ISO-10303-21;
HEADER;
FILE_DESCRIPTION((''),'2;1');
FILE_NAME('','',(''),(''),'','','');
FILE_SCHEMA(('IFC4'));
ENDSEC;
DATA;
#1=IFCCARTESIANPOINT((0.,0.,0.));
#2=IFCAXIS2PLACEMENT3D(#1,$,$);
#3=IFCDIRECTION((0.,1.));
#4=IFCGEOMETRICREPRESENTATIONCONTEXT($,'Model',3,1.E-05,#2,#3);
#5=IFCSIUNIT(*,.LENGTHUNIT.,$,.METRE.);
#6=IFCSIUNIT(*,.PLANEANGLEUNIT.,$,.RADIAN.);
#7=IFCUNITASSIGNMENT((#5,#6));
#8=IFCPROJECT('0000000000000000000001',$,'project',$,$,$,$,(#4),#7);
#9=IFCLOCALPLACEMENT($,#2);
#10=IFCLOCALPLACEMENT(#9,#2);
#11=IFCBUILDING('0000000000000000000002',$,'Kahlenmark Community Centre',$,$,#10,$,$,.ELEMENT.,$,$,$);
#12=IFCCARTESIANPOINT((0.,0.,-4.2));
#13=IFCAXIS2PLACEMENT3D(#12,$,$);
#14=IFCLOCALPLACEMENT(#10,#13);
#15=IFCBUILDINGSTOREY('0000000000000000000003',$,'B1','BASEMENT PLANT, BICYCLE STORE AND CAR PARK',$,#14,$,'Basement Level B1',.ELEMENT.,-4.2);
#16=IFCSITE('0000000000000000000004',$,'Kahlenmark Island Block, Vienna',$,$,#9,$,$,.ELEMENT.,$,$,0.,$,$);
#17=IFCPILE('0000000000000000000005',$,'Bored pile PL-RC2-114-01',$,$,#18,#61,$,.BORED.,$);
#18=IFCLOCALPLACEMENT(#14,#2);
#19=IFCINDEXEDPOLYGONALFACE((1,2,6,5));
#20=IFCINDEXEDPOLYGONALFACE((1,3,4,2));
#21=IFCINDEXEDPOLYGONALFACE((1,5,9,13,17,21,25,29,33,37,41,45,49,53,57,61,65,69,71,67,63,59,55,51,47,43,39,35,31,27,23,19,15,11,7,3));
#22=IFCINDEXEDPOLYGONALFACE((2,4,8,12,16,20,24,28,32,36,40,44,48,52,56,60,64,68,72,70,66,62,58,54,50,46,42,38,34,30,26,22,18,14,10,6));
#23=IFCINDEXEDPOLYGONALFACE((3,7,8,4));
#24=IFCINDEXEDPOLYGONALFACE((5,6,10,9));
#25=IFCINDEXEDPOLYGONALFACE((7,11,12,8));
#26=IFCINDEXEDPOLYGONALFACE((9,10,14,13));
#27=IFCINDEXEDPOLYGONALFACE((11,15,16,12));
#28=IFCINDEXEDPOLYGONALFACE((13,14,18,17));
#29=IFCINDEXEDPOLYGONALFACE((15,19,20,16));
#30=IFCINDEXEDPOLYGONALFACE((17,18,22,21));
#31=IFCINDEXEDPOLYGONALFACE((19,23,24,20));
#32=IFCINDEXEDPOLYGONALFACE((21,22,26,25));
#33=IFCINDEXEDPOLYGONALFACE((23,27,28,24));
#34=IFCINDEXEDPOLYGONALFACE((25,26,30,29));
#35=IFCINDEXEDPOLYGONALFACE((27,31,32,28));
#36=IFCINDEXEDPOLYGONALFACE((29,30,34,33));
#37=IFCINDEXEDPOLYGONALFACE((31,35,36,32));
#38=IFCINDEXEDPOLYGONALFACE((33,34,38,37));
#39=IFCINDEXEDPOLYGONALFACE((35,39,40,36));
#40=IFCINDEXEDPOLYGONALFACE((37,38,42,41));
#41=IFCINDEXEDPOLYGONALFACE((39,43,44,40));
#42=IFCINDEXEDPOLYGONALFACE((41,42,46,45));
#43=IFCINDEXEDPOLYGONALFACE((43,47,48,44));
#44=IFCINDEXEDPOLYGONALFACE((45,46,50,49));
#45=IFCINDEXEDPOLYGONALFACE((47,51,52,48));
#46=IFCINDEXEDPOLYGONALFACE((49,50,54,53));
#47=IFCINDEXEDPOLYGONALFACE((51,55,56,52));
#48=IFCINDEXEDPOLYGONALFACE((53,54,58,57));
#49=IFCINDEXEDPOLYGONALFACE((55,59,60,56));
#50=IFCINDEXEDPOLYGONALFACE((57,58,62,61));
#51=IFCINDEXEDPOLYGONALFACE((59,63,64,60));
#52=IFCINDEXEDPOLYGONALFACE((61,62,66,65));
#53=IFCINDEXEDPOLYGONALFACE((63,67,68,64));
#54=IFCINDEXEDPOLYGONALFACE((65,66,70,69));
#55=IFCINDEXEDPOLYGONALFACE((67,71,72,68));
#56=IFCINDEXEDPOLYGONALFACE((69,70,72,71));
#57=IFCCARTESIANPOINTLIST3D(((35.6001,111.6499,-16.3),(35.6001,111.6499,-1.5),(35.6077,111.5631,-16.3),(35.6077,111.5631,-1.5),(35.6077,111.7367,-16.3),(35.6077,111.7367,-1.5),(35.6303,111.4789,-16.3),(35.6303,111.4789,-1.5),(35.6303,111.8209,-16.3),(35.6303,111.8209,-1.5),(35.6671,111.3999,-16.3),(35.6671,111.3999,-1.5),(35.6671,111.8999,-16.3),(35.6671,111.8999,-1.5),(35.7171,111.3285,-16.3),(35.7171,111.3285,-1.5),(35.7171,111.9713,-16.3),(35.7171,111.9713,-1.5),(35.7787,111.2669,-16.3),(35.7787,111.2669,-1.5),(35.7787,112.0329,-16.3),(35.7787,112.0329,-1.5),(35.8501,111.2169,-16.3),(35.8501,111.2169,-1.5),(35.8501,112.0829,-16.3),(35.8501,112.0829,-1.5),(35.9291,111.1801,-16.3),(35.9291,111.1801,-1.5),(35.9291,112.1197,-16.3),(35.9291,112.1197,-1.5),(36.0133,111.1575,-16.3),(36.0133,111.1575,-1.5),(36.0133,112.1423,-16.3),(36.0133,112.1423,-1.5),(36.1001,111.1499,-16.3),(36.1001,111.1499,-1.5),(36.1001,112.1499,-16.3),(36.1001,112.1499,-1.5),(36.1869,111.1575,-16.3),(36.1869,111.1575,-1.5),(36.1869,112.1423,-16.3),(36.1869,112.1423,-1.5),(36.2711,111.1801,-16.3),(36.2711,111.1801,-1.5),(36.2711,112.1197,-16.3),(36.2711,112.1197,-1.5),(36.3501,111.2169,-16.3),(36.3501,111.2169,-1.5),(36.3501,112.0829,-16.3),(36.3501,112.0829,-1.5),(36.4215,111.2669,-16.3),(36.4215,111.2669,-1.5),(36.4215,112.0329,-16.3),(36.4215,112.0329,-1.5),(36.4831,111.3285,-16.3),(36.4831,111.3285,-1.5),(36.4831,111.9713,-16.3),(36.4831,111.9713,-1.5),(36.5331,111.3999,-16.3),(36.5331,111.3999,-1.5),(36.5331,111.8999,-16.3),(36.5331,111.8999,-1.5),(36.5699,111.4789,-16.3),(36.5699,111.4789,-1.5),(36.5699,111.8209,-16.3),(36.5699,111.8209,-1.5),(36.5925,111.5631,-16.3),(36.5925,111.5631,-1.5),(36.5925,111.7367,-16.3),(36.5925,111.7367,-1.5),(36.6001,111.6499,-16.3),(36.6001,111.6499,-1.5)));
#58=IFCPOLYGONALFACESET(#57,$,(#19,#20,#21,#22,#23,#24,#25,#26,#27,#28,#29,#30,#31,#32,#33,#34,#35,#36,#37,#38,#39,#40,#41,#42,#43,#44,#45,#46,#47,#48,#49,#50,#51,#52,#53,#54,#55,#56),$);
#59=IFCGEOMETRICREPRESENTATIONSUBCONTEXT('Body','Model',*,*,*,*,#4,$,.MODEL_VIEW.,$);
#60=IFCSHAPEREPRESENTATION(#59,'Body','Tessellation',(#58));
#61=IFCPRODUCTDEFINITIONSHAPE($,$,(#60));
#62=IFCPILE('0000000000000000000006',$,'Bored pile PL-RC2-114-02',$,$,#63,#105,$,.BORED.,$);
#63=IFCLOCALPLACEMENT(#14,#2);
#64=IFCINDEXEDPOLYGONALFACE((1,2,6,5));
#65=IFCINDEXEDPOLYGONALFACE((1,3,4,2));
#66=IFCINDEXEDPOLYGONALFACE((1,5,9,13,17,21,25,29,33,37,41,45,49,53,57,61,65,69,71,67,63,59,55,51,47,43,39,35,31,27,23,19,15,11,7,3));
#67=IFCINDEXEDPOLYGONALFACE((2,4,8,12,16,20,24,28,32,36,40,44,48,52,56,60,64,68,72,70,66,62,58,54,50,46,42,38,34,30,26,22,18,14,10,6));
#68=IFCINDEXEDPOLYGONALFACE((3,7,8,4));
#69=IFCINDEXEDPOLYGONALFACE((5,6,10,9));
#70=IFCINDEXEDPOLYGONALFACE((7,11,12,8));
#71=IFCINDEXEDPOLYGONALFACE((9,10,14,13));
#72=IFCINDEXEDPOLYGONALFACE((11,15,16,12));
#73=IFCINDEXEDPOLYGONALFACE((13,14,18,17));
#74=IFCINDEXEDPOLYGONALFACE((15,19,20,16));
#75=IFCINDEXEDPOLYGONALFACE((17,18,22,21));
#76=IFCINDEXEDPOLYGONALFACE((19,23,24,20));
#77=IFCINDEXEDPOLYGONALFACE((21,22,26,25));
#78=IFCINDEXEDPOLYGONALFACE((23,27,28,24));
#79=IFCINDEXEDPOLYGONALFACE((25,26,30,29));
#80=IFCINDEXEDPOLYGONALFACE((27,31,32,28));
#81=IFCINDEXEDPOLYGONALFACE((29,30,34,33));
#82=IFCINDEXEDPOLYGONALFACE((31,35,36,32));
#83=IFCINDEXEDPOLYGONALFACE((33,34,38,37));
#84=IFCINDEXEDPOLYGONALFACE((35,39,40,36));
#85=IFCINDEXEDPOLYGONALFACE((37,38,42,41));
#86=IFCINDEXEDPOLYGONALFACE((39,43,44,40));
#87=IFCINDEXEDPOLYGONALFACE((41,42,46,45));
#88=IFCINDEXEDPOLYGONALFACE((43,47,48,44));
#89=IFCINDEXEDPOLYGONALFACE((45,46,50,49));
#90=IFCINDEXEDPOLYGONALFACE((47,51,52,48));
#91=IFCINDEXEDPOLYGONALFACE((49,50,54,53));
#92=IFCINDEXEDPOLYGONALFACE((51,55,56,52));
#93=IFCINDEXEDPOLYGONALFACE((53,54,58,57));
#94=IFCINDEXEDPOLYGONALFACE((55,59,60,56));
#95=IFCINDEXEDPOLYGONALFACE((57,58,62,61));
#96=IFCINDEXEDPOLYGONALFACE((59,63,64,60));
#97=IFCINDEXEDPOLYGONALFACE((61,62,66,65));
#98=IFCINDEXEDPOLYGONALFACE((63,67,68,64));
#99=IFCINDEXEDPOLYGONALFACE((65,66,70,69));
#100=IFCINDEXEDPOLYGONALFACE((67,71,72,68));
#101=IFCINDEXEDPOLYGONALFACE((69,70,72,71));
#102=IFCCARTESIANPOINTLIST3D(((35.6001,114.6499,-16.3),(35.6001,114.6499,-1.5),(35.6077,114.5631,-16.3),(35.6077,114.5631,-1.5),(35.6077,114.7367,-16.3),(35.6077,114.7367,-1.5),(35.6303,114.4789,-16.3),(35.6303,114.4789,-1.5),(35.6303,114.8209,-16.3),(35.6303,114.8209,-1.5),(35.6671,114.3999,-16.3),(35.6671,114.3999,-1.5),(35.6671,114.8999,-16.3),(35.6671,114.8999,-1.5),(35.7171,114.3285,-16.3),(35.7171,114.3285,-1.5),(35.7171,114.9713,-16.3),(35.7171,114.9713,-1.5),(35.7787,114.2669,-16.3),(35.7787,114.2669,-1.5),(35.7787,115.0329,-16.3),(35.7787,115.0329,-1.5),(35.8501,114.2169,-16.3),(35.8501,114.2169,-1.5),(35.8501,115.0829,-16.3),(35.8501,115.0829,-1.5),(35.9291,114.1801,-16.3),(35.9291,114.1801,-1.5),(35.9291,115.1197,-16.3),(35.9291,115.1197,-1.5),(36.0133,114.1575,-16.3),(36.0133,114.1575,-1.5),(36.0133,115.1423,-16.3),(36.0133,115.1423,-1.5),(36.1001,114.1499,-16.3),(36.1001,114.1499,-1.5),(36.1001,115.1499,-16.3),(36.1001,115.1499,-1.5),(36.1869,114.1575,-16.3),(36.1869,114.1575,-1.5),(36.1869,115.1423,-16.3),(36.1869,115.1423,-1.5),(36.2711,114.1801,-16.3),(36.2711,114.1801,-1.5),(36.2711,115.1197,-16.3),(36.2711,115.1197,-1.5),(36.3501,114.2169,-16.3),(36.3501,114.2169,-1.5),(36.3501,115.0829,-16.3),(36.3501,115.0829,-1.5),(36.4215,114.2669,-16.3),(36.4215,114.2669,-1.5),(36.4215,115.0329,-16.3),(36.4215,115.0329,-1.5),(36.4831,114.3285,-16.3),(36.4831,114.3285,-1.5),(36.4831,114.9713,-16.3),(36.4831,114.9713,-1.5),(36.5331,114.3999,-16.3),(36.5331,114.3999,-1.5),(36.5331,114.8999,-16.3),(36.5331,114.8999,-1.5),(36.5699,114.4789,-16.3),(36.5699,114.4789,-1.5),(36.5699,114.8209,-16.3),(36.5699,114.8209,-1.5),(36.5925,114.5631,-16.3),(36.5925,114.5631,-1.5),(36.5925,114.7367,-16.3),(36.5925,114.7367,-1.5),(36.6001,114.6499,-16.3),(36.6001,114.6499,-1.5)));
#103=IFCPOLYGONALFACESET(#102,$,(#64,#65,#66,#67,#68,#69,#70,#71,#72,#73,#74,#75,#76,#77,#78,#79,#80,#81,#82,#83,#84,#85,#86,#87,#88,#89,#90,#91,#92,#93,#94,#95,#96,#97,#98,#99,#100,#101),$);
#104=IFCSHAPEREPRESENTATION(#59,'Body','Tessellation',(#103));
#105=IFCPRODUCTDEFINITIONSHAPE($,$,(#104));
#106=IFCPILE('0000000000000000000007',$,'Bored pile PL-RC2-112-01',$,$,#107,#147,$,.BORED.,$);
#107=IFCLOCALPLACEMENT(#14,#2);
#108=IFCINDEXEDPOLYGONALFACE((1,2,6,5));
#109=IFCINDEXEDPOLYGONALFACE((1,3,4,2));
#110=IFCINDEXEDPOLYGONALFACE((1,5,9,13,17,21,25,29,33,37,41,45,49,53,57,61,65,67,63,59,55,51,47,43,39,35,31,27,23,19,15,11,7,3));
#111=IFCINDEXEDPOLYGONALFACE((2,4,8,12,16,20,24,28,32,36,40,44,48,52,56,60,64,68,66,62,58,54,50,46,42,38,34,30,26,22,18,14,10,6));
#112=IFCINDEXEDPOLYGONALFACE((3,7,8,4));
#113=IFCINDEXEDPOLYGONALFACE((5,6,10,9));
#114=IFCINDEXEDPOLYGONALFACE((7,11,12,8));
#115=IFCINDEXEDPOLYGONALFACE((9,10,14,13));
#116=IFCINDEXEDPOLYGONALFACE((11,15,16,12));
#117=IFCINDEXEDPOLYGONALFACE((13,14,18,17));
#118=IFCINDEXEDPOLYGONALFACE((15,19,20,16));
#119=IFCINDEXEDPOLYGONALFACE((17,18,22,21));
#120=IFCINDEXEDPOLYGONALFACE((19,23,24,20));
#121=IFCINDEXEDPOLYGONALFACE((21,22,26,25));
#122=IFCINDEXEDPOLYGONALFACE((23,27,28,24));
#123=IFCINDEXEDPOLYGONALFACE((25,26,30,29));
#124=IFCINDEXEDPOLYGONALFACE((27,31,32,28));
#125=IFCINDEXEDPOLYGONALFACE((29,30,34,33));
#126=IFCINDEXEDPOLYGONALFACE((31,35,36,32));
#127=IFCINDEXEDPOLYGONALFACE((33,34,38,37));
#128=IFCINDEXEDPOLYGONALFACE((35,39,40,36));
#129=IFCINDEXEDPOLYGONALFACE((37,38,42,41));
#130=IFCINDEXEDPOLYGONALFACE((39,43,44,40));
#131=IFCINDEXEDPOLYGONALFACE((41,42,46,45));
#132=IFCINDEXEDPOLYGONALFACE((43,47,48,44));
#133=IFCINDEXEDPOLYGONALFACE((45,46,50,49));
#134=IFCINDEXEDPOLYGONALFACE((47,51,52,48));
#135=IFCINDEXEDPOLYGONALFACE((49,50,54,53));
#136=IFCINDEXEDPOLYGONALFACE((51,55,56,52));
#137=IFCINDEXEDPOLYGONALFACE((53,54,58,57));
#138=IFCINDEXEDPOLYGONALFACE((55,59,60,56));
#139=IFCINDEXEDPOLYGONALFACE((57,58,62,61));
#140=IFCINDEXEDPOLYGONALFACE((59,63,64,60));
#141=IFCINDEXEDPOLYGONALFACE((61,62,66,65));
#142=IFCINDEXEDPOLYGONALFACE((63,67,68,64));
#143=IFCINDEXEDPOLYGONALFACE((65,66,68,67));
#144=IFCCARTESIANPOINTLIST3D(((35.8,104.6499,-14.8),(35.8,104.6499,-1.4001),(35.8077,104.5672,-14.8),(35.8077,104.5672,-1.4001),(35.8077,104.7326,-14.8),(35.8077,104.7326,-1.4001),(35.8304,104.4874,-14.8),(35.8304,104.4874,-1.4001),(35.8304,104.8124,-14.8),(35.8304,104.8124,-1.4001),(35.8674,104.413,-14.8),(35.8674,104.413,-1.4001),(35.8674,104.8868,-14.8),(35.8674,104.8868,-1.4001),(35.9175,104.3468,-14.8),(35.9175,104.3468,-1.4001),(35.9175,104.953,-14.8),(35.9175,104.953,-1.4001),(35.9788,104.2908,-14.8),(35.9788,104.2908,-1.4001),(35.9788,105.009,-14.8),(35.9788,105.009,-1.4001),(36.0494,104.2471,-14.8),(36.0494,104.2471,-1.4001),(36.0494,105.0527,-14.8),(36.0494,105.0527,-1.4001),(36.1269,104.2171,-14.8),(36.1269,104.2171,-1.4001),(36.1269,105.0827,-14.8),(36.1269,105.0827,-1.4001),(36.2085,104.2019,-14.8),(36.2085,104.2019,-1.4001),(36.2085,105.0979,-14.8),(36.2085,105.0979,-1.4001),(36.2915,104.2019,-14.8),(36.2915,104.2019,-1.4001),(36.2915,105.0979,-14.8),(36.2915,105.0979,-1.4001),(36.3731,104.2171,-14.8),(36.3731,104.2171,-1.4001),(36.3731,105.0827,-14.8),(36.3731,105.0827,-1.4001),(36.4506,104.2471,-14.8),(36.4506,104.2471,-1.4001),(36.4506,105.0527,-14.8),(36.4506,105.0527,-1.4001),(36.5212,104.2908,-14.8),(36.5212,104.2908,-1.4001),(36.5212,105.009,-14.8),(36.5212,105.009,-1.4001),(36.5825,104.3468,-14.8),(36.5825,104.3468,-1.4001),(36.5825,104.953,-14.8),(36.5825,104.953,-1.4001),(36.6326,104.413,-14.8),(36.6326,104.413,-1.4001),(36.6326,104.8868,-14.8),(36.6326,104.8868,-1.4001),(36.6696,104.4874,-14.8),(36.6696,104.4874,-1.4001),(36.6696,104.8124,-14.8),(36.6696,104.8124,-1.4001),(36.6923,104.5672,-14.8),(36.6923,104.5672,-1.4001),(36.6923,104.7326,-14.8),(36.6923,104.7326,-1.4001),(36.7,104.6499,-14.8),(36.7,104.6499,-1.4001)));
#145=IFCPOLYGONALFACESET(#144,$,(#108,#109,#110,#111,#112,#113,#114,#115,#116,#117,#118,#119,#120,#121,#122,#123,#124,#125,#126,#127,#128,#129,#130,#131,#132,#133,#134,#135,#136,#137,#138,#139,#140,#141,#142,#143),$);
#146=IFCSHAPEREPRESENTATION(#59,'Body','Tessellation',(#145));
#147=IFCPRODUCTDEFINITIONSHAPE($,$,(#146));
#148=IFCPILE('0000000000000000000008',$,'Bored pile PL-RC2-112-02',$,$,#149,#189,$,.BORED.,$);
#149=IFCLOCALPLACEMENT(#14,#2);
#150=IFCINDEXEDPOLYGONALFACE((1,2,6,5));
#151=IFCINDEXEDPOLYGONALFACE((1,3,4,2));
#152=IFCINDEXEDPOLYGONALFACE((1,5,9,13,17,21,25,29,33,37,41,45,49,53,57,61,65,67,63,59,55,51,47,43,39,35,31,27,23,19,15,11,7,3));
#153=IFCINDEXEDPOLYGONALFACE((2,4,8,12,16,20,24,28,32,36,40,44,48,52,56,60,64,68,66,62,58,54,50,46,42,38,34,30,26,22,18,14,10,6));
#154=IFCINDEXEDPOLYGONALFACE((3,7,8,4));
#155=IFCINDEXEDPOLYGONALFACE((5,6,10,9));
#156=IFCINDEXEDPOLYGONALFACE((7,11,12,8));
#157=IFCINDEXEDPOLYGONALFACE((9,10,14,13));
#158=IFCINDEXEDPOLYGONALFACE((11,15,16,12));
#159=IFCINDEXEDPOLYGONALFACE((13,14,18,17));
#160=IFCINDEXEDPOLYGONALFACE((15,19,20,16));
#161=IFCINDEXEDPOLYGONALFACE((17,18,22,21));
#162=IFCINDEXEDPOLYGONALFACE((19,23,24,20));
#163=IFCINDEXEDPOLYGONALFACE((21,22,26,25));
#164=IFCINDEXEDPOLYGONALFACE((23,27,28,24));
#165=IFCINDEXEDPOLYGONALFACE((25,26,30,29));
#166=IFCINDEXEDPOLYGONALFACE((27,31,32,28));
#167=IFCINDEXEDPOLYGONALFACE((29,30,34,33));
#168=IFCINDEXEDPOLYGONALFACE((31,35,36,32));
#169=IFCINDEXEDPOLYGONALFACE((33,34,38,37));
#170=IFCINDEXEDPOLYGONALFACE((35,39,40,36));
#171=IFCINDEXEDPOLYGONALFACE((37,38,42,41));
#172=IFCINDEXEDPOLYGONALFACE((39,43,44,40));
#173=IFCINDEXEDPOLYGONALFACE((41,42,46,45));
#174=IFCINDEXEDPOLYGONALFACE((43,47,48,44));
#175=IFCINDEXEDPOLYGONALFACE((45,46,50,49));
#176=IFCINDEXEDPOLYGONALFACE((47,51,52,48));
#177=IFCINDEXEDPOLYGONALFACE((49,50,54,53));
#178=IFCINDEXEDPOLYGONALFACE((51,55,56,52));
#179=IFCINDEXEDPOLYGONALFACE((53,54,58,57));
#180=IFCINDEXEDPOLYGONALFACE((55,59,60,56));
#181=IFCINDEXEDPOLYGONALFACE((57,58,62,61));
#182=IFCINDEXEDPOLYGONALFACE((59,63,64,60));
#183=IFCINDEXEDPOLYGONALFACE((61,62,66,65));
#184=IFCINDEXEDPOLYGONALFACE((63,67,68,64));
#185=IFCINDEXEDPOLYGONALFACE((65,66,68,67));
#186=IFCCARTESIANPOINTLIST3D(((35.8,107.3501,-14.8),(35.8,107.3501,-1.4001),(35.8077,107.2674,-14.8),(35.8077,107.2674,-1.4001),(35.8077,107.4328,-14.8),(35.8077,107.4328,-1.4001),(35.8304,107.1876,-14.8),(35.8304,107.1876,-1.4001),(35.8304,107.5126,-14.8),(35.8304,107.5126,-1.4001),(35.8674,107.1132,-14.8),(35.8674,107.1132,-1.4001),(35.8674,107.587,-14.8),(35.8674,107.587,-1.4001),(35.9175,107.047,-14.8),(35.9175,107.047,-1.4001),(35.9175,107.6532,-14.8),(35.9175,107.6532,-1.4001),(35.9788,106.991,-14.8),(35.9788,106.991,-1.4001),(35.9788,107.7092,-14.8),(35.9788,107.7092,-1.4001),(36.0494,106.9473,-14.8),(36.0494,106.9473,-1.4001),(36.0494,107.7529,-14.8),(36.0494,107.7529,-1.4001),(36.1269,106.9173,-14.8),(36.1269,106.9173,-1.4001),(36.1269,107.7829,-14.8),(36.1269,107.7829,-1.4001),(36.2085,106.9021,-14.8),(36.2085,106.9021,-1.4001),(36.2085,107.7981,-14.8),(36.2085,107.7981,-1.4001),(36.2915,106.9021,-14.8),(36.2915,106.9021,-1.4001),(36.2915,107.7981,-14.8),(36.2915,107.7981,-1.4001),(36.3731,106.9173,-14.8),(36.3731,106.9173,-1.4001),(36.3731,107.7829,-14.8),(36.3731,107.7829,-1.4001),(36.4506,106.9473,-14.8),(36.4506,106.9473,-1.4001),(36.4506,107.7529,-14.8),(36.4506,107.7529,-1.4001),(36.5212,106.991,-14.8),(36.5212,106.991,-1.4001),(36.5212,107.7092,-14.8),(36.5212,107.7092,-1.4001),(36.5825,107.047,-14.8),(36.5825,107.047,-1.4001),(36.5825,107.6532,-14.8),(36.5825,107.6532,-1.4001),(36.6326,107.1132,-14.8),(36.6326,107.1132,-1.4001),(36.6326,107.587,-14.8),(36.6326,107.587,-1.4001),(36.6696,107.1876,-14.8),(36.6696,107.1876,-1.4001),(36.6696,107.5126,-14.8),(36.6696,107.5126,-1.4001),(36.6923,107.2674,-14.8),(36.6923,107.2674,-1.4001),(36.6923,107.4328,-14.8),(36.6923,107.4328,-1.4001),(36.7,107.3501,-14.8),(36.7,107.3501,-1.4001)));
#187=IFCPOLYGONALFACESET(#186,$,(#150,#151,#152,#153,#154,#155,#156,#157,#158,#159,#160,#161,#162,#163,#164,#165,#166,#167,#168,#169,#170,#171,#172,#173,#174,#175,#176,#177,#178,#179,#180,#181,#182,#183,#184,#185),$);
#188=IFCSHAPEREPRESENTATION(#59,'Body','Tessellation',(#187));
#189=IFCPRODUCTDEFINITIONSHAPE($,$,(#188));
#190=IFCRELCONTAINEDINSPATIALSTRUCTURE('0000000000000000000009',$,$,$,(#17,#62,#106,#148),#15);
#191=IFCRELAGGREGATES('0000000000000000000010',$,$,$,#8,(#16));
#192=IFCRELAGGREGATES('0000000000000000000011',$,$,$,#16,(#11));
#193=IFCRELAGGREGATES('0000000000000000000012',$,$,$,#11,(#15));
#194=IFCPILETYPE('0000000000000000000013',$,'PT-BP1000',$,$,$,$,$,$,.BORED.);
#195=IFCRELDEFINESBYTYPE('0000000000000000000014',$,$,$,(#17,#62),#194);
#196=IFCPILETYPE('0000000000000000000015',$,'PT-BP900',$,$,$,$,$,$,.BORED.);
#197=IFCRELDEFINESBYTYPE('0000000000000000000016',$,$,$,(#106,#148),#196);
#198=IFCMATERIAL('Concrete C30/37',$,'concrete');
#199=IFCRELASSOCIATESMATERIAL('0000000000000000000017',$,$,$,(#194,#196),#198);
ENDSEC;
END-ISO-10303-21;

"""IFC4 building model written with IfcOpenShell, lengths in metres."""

from ifc_helpers import new_model, si_unit, direction, frame, origin, origin_2d, place, context, subcontext, project, spatial, circle, extrude, material, material_profile, profile_set, type_object, element, save


model = new_model("IFC4")

# Units and contexts
model_context = context("Model", 3, precision=1e-05, world=origin(), true_north=direction((0.0, 1.0)))
body_context = subcontext(model_context, "Body", "Model", "MODEL_VIEW")
ifc_project = project(units=[si_unit("LENGTHUNIT", "METRE"), si_unit("PLANEANGLEUNIT", "RADIAN")], contexts=[model_context])

# Site, building, storey
site_placement = place(None, origin())
site = spatial("IfcSite", under=ifc_project, at=site_placement, Name="Kahlenmark Island Block, Vienna", CompositionType="ELEMENT", RefElevation=0.0)
building_placement = place(site_placement, origin())
building = spatial("IfcBuilding", under=site, at=building_placement, Name="Kahlenmark Community Centre", CompositionType="ELEMENT")
storey_placement = place(building_placement, frame((0.0, 0.0, -4.2)))
storey = spatial("IfcBuildingStorey", under=building, at=storey_placement, Name="B1", Description="BASEMENT PLANT, BICYCLE STORE AND CAR PARK", LongName="Basement Level B1", CompositionType="ELEMENT", Elevation=-4.2)

# Shared definitions
ifc_material_1 = material(Name="Concrete C30/37", Category="concrete")

# Piles
ifc_material_profile_1 = material_profile(ifc_material_1, circle(Radius=0.5, at=origin_2d()), Name="BORED PILE 1000")
ifc_profile_set_1 = profile_set([ifc_material_profile_1], Name="Concrete C30/37")
pile_type_1 = type_object("IfcPileType", Name="PT-BP1000", PredefinedType="BORED", material=ifc_profile_set_1)
for number, where, z_axis, x_axis, name in (
    (1, (36.1001, 111.6499, -1.5), (0.0, 0.0, -1.0), (1.0, 0.0, 0.0), "Bored pile PL-RC2-114-01"),
    (2, (36.1001, 114.6499, -1.5), (0.0, 0.0, -1.0), (1.0, 0.0, 0.0), "Bored pile PL-RC2-114-02"),
):
    element("IfcPile", number, at=place(storey_placement, frame(where, z_axis=z_axis, x_axis=x_axis)), inside=storey, type_object=pile_type_1, Name=name, PredefinedType="BORED", context=body_context, shape_type="SweptSolid", body=[
        extrude(circle(Radius=0.5, at=origin_2d()), origin(), (0.0, 0.0, 1.0), 14.8),
    ])
ifc_material_profile_2 = material_profile(ifc_material_1, circle(Radius=0.45, at=origin_2d()), Name="BORED PILE 900")
ifc_profile_set_2 = profile_set([ifc_material_profile_2], Name="Concrete C30/37")
pile_type_2 = type_object("IfcPileType", Name="PT-BP900", PredefinedType="BORED", material=ifc_profile_set_2)
for number, where, z_axis, x_axis, name in (
    (3, (36.25, 104.6499, -1.4001), (0.0, 0.0, -1.0), (1.0, 0.0, 0.0), "Bored pile PL-RC2-112-01"),
    (4, (36.25, 107.3501, -1.4001), (0.0, 0.0, -1.0), (1.0, 0.0, 0.0), "Bored pile PL-RC2-112-02"),
):
    element("IfcPile", number, at=place(storey_placement, frame(where, z_axis=z_axis, x_axis=x_axis)), inside=storey, type_object=pile_type_2, Name=name, PredefinedType="BORED", context=body_context, shape_type="SweptSolid", body=[
        extrude(circle(Radius=0.45, at=origin_2d()), origin(), (0.0, 0.0, 1.0), 13.3999),
    ])

save(model, "model.ifc")
